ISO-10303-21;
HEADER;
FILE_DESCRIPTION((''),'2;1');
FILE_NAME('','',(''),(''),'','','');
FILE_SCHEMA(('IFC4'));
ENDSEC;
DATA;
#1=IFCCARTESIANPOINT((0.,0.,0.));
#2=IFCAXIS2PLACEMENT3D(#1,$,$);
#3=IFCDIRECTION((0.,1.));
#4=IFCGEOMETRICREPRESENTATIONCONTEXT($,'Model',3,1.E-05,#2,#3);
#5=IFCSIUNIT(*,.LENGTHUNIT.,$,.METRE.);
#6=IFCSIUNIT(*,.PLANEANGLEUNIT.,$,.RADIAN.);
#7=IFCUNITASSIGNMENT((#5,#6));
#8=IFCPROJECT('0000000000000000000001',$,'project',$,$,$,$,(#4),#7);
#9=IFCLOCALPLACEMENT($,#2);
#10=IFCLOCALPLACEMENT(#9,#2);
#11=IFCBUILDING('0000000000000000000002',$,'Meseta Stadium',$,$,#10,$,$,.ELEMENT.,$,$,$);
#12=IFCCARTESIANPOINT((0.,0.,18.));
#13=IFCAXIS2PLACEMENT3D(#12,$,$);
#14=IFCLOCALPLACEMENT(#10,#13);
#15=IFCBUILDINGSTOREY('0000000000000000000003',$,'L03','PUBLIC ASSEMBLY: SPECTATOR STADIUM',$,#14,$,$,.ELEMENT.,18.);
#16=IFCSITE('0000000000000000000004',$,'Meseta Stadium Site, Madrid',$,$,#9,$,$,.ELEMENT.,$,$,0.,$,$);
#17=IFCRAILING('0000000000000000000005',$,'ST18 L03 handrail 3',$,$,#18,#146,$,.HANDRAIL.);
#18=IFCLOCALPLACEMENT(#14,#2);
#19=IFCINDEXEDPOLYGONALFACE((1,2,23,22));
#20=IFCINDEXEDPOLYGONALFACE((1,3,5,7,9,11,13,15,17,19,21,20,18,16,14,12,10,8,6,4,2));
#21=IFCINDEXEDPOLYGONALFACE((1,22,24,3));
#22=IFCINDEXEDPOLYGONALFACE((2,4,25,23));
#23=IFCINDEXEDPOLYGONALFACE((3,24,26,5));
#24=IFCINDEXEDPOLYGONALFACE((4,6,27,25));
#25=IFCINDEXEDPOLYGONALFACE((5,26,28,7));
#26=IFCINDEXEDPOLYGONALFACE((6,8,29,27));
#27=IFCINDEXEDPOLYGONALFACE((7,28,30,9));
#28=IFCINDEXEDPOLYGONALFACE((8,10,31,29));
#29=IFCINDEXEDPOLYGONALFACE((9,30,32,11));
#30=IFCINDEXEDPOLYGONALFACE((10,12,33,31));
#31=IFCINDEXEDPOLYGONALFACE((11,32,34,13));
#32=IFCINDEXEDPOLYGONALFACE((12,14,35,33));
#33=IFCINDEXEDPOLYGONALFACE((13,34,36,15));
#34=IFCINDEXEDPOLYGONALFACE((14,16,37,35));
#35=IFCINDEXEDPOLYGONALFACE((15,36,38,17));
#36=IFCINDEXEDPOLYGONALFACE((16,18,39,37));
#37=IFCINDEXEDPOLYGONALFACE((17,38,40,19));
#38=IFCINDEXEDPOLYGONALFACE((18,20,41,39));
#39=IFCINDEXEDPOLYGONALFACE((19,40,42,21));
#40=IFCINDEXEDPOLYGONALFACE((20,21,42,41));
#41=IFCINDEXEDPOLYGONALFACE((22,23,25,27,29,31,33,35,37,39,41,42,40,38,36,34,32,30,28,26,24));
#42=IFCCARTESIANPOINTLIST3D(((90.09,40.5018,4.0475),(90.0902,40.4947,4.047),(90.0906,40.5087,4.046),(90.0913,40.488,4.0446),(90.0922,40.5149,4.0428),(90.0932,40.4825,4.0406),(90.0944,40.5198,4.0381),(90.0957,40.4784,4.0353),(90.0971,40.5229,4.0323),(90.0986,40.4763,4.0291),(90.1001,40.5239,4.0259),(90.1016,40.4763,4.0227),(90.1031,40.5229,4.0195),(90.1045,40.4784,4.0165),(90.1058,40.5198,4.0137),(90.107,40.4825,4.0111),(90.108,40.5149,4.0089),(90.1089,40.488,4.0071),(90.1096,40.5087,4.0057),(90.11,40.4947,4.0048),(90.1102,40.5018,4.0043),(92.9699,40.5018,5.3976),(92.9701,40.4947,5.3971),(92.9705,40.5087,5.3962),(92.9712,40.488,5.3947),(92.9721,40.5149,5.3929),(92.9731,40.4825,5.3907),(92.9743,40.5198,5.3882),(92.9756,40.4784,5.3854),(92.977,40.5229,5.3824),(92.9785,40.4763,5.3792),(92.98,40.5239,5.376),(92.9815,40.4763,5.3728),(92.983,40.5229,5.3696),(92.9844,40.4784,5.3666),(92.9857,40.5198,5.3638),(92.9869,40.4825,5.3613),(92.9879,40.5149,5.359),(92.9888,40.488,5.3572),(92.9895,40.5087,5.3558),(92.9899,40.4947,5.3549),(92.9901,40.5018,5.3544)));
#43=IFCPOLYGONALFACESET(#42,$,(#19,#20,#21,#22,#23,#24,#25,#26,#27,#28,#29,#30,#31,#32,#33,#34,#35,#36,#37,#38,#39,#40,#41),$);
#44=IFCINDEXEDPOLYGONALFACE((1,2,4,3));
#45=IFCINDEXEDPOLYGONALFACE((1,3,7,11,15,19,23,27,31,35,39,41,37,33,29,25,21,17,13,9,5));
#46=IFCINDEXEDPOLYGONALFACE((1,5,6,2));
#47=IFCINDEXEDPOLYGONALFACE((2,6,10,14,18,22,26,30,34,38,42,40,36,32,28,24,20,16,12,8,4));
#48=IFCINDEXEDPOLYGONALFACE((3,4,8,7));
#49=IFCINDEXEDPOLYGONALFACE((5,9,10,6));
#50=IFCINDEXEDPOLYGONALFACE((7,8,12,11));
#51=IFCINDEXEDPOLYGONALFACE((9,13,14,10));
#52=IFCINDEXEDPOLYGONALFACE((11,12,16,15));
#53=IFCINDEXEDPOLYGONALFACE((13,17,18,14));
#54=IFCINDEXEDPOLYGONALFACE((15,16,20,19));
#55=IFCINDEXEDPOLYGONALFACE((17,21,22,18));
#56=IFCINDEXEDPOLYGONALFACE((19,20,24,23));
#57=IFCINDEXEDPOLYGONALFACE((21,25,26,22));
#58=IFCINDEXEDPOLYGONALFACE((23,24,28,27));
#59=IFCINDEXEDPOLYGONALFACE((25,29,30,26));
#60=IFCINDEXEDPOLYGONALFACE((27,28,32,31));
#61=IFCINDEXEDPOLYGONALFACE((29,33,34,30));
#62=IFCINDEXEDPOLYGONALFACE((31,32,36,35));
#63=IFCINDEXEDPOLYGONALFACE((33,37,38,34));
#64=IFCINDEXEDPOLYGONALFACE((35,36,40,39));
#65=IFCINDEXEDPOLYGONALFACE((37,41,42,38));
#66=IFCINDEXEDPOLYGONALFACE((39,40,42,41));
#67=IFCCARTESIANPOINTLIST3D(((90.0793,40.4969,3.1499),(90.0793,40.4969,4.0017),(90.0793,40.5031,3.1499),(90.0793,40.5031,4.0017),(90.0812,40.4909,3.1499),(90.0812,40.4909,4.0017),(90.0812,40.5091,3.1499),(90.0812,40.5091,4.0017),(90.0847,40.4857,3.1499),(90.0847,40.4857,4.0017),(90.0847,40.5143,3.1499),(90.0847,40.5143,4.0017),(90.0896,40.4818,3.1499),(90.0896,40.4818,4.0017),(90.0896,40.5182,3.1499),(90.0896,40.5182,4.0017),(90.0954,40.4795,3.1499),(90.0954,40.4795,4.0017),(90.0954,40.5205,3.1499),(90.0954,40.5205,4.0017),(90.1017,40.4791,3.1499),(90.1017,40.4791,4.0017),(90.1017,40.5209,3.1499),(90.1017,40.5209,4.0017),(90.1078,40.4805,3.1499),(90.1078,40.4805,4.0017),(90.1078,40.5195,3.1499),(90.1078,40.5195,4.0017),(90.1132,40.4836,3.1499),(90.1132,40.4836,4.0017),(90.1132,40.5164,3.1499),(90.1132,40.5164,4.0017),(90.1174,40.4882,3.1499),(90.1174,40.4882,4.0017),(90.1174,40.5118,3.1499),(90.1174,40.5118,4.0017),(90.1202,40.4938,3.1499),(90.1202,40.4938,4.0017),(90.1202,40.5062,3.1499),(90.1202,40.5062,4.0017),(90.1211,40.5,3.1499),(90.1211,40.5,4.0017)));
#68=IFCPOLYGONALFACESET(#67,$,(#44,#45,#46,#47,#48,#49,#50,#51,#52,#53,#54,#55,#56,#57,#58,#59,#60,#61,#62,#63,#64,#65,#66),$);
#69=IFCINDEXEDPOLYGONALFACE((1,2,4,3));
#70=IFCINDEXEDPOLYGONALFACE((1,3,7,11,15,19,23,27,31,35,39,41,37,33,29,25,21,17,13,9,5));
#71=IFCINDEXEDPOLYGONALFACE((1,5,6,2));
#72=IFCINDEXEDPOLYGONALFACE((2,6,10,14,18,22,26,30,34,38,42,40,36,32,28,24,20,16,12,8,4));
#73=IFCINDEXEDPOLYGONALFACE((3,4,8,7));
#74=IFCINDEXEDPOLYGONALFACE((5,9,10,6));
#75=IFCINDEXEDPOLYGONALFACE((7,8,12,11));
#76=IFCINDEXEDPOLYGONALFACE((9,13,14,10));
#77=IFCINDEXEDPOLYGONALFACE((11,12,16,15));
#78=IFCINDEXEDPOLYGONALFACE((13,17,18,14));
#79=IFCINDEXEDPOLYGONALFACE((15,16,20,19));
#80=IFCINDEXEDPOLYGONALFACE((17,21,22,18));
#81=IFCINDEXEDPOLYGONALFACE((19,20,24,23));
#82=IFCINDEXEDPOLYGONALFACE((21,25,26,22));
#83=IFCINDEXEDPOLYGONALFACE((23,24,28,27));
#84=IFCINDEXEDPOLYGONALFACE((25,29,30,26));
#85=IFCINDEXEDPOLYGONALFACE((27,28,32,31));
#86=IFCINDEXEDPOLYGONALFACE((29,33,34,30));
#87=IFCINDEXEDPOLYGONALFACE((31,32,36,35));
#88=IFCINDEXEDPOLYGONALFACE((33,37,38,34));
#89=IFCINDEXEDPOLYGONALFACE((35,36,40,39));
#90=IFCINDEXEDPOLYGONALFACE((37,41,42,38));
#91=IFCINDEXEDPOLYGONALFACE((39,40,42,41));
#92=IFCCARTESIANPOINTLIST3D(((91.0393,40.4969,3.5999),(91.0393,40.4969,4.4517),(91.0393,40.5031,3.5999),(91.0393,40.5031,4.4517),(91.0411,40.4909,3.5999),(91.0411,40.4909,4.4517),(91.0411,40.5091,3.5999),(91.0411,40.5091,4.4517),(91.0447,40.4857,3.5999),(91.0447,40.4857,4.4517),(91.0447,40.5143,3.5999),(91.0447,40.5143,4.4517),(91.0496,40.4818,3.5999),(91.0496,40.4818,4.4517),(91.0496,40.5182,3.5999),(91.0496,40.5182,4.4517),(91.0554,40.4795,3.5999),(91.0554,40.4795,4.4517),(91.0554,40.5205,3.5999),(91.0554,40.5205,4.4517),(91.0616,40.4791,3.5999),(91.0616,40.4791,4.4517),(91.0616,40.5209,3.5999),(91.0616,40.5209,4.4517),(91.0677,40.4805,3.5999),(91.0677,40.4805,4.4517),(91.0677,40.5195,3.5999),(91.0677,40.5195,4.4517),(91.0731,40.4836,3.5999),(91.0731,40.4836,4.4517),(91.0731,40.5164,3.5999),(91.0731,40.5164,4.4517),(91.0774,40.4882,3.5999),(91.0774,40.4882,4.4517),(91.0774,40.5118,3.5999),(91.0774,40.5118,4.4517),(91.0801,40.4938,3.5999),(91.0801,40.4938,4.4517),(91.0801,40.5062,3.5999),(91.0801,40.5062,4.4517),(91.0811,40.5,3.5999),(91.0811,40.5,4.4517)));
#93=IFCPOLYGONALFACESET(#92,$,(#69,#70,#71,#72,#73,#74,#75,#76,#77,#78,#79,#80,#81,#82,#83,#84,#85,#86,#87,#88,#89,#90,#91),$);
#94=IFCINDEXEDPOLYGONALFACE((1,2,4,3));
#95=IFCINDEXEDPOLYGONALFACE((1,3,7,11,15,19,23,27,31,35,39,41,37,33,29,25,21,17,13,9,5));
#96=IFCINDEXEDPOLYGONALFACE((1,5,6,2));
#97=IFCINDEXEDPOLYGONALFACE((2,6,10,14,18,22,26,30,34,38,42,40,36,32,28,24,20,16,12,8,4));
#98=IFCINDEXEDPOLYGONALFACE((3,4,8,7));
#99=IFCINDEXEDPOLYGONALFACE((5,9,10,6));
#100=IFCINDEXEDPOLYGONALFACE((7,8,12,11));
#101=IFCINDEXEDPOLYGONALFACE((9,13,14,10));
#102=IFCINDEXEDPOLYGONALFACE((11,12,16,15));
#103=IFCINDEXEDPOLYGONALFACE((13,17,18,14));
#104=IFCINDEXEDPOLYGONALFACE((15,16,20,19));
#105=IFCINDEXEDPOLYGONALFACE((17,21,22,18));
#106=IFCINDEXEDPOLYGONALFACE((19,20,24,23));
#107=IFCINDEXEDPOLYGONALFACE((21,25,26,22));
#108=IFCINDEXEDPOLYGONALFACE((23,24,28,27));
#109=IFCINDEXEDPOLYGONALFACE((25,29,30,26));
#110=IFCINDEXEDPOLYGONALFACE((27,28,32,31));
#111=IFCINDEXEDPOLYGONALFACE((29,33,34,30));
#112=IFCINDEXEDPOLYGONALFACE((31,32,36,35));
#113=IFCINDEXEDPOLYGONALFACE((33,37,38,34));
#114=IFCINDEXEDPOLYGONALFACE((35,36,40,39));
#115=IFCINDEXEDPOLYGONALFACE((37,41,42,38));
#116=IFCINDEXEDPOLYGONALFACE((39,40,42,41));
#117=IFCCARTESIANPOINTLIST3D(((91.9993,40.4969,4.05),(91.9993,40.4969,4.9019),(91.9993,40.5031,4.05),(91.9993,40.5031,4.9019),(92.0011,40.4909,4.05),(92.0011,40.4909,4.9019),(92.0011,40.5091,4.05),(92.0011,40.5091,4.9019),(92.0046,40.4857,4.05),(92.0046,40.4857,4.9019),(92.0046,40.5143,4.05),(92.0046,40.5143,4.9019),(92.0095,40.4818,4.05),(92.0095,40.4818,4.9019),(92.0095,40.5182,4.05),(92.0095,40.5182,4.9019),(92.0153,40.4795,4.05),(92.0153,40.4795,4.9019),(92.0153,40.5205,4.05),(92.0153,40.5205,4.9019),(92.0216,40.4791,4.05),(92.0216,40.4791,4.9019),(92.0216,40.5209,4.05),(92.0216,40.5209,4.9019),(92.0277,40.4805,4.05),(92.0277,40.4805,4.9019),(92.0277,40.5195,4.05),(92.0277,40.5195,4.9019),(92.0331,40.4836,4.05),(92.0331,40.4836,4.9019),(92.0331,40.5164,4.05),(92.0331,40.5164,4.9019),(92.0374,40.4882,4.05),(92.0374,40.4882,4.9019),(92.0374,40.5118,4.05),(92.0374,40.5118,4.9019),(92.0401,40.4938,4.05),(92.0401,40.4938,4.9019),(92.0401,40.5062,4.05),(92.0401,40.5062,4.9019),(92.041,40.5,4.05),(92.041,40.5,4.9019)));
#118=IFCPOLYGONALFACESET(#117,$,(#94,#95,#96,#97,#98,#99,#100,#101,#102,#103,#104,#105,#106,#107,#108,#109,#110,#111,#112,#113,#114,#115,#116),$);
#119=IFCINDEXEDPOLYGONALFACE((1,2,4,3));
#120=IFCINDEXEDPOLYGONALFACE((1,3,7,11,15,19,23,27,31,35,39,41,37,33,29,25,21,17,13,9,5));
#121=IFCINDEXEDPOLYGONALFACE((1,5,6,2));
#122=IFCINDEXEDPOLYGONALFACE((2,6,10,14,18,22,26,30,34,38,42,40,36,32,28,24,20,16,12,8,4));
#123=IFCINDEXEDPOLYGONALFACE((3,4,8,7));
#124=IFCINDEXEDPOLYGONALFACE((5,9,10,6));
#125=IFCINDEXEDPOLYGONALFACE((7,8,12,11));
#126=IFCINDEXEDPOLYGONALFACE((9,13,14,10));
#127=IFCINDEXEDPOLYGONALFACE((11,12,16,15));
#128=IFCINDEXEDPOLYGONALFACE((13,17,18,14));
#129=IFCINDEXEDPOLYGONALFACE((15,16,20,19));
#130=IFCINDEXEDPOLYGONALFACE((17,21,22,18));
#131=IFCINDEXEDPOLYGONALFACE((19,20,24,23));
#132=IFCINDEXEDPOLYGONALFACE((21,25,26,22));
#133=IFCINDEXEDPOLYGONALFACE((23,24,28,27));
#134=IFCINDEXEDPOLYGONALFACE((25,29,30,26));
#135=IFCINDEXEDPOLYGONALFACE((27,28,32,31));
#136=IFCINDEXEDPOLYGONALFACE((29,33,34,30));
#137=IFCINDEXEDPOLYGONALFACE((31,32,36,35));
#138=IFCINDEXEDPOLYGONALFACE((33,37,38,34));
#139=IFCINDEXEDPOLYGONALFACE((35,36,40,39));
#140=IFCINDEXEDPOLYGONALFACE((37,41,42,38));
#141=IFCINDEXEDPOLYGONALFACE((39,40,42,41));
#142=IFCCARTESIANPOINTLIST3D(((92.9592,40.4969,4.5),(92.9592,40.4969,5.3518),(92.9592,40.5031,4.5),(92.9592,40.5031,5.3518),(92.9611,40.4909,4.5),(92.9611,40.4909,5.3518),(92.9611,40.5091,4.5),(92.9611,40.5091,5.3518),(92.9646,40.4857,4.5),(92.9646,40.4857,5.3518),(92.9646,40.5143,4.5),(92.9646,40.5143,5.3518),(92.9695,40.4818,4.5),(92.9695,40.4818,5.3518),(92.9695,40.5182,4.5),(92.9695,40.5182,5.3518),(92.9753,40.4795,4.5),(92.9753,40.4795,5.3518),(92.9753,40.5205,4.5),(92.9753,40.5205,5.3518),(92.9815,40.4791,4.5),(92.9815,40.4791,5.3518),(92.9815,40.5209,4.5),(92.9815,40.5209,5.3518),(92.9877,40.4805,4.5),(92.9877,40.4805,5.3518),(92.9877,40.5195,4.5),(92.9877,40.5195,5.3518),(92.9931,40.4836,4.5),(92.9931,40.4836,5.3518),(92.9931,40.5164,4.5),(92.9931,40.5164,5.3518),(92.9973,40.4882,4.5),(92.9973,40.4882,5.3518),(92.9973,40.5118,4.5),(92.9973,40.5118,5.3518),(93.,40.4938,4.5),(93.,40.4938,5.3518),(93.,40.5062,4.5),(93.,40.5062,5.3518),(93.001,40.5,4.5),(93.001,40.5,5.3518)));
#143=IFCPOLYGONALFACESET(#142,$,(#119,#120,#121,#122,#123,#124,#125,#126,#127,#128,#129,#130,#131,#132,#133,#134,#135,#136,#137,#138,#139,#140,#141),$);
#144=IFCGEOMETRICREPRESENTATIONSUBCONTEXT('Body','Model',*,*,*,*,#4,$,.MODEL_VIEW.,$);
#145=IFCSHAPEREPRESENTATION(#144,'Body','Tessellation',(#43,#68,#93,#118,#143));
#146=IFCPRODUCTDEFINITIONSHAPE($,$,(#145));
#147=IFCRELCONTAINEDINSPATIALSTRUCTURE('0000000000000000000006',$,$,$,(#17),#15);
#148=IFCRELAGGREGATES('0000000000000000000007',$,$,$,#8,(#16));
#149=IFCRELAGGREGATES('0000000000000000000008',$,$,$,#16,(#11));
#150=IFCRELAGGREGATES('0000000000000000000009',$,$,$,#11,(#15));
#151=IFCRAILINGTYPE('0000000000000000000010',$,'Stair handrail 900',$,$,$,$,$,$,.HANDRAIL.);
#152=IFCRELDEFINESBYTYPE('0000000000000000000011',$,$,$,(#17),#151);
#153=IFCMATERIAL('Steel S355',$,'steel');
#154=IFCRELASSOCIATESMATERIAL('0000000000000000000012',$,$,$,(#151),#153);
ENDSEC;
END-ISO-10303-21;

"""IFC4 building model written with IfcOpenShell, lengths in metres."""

from ifc_helpers import new_model, si_unit, direction, frame, origin, origin_2d, place, context, subcontext, project, spatial, circle, extrude, material, type_object, element, save


model = new_model("IFC4")

# Units and contexts
model_context = context("Model", 3, precision=1e-05, world=origin(), true_north=direction((0.0, 1.0)))
body_context = subcontext(model_context, "Body", "Model", "MODEL_VIEW")
ifc_project = project(units=[si_unit("LENGTHUNIT", "METRE"), si_unit("PLANEANGLEUNIT", "RADIAN")], contexts=[model_context])

# Site, building, storey
site_placement = place(None, origin())
site = spatial("IfcSite", under=ifc_project, at=site_placement, Name="Meseta Stadium Site, Madrid", CompositionType="ELEMENT", RefElevation=0.0)
building_placement = place(site_placement, origin())
building = spatial("IfcBuilding", under=site, at=building_placement, Name="Meseta Stadium", CompositionType="ELEMENT")
storey_placement = place(building_placement, frame((0.0, 0.0, 18.0)))
storey = spatial("IfcBuildingStorey", under=building, at=storey_placement, Name="L03", Description="PUBLIC ASSEMBLY: SPECTATOR STADIUM", CompositionType="ELEMENT", Elevation=18.0)

# Railing
ifc_material_1 = material(Name="Steel S355", Category="steel")
railing_type_1 = type_object("IfcRailingType", Name="Stair handrail 900", PredefinedType="HANDRAIL", material=ifc_material_1)
for number, where, name in (
    (1, (90.1001, 40.5, 3.1499), "ST18 L03 handrail 3"),
):
    element("IfcRailing", number, at=place(storey_placement, frame(where)), inside=storey, type_object=railing_type_1, Name=name, PredefinedType="HANDRAIL", context=body_context, shape_type="SweptSolid", body=[
        extrude(circle(Radius=0.0239, at=origin_2d()), frame((0.0, 0.0, 0.876), z_axis=(0.90544, 0.0, 0.424473), x_axis=(0.0, 1.0, 0.0)), (0.0, 0.0, 1.0), 3.1807),
        extrude(circle(Radius=0.021, at=origin_2d()), origin(), (0.0, 0.0, 1.0), 0.8518),
        extrude(circle(Radius=0.021, at=origin_2d()), frame((0.96, 0.0, 0.45)), (0.0, 0.0, 1.0), 0.8518),
        extrude(circle(Radius=0.021, at=origin_2d()), frame((1.9199, 0.0, 0.9001)), (0.0, 0.0, 1.0), 0.8518),
        extrude(circle(Radius=0.021, at=origin_2d()), frame((2.8799, 0.0, 1.3501)), (0.0, 0.0, 1.0), 0.8518),
    ])

save(model, "model.ifc")
